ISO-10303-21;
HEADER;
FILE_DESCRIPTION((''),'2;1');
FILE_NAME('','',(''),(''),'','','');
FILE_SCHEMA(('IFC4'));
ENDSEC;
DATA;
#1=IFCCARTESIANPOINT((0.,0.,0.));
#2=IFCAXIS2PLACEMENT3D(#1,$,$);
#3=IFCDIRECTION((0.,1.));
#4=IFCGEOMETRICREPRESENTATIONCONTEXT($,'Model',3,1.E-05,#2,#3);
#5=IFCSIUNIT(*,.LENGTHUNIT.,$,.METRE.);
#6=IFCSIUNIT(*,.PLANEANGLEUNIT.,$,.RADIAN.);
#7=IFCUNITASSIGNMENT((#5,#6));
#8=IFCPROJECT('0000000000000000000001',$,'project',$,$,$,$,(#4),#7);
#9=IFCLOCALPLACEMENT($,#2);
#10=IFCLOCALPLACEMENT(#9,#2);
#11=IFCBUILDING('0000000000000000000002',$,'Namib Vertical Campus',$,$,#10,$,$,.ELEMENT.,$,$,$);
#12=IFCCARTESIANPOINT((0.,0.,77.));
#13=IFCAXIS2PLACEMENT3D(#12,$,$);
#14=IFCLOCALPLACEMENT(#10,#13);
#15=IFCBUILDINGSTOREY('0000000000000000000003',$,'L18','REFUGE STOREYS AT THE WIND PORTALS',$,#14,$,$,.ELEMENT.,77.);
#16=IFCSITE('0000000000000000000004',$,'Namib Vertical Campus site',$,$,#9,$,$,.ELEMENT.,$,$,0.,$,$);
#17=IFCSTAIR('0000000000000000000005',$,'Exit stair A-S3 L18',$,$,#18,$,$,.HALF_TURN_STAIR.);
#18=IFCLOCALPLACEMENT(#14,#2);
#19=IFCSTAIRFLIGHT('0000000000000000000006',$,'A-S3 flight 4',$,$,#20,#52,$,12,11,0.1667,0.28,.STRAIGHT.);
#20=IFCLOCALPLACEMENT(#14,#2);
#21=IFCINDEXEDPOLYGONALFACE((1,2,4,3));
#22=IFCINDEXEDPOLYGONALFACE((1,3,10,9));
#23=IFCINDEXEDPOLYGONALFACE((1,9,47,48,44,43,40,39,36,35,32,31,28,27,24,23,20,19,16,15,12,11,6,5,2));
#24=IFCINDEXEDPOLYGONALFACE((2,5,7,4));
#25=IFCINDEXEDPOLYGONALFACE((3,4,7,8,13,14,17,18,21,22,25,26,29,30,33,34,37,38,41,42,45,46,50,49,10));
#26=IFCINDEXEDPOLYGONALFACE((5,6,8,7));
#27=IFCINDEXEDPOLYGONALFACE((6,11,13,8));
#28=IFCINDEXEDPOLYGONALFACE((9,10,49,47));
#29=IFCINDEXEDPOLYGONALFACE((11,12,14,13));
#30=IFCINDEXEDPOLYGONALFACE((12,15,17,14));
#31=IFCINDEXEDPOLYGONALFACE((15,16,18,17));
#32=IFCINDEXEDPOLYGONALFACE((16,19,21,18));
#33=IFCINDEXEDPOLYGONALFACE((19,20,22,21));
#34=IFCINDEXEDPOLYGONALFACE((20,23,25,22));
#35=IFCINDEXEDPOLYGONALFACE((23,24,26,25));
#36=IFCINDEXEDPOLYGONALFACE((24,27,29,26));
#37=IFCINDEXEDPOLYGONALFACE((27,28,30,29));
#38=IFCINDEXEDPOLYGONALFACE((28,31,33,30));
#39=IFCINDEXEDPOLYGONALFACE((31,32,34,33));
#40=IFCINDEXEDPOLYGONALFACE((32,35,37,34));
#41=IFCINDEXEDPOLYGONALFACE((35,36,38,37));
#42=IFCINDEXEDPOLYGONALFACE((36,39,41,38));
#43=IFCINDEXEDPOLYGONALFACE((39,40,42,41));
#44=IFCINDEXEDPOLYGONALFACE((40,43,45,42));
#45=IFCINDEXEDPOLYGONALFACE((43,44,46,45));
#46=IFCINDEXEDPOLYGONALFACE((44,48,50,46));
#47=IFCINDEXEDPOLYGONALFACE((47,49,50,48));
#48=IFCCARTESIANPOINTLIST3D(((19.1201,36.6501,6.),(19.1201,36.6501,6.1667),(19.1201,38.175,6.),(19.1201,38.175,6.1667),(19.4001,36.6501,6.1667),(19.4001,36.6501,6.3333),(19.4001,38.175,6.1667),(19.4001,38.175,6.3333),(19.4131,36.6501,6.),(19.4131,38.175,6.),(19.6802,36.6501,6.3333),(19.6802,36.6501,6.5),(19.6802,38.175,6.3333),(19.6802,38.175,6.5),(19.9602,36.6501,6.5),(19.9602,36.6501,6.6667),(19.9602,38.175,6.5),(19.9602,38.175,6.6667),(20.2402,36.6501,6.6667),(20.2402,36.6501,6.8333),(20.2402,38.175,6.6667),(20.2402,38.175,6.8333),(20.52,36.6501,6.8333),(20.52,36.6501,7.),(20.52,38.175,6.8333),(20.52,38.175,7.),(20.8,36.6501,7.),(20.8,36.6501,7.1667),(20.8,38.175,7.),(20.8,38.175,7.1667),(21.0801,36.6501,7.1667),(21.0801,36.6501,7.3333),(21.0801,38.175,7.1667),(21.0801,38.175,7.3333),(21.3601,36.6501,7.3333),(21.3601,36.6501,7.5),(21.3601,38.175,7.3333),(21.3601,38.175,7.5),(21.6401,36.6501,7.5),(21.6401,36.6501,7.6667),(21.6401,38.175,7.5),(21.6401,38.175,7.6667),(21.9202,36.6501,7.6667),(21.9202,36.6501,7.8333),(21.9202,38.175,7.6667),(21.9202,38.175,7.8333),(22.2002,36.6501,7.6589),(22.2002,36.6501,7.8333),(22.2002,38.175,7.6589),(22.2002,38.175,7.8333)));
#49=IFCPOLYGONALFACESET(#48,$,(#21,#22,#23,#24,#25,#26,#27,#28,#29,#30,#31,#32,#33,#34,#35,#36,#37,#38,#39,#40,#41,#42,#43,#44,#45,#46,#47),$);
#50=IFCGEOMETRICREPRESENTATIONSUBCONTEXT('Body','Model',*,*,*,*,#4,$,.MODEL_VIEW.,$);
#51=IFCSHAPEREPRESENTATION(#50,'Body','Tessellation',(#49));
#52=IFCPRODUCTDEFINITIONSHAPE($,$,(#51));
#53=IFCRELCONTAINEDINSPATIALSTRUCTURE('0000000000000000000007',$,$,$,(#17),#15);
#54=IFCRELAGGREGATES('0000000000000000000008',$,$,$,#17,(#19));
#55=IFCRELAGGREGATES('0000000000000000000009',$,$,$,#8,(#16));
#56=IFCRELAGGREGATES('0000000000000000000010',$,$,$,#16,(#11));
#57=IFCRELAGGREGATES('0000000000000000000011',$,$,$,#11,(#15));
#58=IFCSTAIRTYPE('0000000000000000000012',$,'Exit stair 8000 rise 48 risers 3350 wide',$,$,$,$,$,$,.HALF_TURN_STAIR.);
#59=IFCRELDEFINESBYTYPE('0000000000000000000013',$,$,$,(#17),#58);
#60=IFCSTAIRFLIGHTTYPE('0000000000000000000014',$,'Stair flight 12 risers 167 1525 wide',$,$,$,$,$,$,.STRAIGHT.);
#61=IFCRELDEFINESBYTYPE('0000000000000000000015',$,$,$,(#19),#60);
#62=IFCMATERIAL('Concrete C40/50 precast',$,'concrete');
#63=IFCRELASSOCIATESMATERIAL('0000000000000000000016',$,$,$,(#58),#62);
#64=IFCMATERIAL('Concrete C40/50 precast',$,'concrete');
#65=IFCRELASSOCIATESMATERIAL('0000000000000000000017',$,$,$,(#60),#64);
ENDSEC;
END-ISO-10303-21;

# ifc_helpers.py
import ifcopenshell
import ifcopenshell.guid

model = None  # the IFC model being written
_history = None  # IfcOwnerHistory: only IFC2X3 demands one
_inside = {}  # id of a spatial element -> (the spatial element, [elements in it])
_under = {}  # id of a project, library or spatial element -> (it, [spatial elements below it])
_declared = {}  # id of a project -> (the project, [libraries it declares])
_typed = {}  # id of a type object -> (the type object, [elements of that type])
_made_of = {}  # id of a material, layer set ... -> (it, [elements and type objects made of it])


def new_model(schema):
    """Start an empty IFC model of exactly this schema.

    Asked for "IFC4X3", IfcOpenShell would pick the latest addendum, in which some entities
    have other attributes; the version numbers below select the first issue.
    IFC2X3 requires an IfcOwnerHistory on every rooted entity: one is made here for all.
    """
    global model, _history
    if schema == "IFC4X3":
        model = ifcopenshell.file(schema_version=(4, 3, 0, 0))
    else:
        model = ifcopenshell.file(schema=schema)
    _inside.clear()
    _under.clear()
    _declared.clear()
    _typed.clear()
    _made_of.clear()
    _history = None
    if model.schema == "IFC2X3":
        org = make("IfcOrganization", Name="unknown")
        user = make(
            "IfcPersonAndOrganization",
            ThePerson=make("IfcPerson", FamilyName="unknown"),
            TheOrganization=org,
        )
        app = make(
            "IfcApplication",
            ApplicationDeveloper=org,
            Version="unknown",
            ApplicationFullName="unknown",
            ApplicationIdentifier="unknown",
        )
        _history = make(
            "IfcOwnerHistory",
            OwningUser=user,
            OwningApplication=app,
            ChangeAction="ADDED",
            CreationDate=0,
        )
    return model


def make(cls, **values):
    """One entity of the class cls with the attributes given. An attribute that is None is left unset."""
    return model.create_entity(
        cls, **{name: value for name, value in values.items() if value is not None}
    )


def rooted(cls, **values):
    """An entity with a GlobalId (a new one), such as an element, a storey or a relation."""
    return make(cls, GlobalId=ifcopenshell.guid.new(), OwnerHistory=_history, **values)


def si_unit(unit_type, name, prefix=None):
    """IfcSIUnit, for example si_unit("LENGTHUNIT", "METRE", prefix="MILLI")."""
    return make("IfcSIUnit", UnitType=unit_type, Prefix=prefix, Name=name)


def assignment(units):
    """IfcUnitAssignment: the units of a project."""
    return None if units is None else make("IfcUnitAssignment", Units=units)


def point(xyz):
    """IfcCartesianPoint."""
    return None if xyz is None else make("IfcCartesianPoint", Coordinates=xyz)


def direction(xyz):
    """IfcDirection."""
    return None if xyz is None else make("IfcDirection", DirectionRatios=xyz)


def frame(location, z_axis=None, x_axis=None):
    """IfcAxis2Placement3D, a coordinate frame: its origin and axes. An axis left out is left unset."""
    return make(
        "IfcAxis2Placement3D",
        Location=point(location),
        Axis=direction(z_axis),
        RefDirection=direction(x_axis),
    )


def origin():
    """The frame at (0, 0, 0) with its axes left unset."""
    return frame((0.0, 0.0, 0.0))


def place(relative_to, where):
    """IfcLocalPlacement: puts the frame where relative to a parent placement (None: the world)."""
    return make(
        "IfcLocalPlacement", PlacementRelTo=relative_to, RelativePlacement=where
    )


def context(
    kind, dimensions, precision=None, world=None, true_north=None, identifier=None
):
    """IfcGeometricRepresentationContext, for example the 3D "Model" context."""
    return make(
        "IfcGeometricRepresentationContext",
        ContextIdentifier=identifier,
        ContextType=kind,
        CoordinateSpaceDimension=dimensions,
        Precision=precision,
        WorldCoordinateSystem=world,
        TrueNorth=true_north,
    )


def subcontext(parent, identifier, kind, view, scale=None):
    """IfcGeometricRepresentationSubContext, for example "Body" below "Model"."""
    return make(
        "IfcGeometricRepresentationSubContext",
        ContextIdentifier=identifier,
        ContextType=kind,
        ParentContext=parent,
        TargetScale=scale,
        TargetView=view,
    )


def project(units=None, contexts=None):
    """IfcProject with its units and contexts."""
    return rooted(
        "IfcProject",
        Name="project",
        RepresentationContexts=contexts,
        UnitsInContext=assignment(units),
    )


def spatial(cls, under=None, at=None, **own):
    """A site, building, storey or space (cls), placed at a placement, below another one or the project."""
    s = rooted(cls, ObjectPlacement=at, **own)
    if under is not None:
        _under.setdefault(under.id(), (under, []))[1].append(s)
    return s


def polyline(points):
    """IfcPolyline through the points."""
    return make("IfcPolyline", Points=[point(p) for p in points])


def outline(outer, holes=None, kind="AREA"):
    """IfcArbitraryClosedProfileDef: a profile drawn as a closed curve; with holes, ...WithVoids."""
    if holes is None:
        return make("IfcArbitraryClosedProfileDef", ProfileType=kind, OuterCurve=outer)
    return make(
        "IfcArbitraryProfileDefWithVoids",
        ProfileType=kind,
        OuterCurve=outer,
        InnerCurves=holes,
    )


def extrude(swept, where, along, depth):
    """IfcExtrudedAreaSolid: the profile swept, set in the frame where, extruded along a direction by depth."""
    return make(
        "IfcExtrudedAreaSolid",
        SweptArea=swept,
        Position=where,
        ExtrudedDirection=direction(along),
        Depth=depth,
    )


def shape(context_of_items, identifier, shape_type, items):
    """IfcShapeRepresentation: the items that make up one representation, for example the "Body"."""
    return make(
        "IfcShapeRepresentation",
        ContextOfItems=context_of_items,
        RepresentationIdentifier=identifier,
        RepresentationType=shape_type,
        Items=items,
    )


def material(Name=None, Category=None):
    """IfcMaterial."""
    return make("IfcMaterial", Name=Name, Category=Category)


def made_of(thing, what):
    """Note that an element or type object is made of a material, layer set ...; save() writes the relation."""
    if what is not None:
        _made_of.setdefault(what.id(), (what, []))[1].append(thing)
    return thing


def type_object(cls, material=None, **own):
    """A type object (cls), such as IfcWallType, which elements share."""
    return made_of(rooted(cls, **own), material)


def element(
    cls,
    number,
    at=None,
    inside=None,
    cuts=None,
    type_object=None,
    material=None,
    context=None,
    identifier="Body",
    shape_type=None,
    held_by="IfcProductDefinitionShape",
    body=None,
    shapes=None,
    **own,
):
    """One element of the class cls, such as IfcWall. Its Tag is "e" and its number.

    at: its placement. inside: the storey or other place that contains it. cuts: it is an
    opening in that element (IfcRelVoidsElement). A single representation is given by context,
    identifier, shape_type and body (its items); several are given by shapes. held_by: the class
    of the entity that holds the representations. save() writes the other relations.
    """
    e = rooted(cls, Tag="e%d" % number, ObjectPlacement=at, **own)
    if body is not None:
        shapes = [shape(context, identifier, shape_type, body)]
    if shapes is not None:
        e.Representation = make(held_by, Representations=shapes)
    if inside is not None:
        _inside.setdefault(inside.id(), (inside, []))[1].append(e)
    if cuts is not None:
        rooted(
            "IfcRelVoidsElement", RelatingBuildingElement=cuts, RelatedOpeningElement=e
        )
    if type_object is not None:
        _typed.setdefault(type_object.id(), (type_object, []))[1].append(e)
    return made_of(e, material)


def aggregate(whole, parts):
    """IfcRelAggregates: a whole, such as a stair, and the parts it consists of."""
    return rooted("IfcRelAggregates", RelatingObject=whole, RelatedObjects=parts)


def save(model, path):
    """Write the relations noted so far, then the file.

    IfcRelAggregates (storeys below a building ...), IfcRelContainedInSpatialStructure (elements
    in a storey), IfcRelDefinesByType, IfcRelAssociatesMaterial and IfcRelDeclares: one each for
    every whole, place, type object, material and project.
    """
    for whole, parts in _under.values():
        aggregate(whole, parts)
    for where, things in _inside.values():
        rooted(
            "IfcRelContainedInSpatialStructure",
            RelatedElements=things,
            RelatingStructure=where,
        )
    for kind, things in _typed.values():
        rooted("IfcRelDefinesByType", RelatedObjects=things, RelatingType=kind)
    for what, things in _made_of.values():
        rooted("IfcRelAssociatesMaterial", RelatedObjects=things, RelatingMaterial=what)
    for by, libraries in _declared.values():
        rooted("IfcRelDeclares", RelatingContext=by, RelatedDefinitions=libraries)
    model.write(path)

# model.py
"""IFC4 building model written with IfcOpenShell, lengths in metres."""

from ifc_helpers import new_model, si_unit, direction, frame, origin, place, context, subcontext, project, spatial, polyline, outline, extrude, material, type_object, element, aggregate, save


model = new_model("IFC4")

# Units and contexts
model_context = context("Model", 3, precision=1e-05, world=origin(), true_north=direction((0.0, 1.0)))
body_context = subcontext(model_context, "Body", "Model", "MODEL_VIEW")
ifc_project = project(units=[si_unit("LENGTHUNIT", "METRE"), si_unit("PLANEANGLEUNIT", "RADIAN")], contexts=[model_context])

# Site, building, storey
site_placement = place(None, origin())
site = spatial("IfcSite", under=ifc_project, at=site_placement, Name="Namib Vertical Campus site", CompositionType="ELEMENT", RefElevation=0.0)
building_placement = place(site_placement, origin())
building = spatial("IfcBuilding", under=site, at=building_placement, Name="Namib Vertical Campus", CompositionType="ELEMENT")
storey_placement = place(building_placement, frame((0.0, 0.0, 77.0)))
storey = spatial("IfcBuildingStorey", under=building, at=storey_placement, Name="L18", Description="REFUGE STOREYS AT THE WIND PORTALS", CompositionType="ELEMENT", Elevation=77.0)

# Stair, stair flight
ifc_material_1 = material(Name="Concrete C40/50 precast", Category="concrete")
stair_type = type_object("IfcStairType", Name="Exit stair 8000 rise 48 risers 3350 wide", PredefinedType="HALF_TURN_STAIR", material=ifc_material_1)
stair_placement = place(storey_placement, origin())
stair = element("IfcStair", 1, at=stair_placement, inside=storey, type_object=stair_type, Name="Exit stair A-S3 L18", PredefinedType="HALF_TURN_STAIR")
ifc_material_2 = material(Name="Concrete C40/50 precast", Category="concrete")
stair_flight_type = type_object("IfcStairFlightType", Name="Stair flight 12 risers 167 1525 wide", PredefinedType="STRAIGHT", material=ifc_material_2)
stair_flight_1_placement = place(storey_placement, frame((19.1201, 37.4126, 6.0), z_axis=(0.0, 0.0, 1.0), x_axis=(1.0, 0.0, 0.0)))
stair_flight_1 = element("IfcStairFlight", 2, at=stair_flight_1_placement, type_object=stair_flight_type, Name="A-S3 flight 4", NumberOfRisers=12, NumberOfTreads=11, PredefinedType="STRAIGHT", RiserHeight=0.1667, TreadLength=0.28, context=body_context, shape_type="SweptSolid", body=[
    extrude(outline(polyline([(0.0, 0.0), (0.0, 0.1667), (0.28, 0.1667), (0.28, 0.3333), (0.5601, 0.3333), (0.5601, 0.5), (0.8401, 0.5), (0.8401, 0.6667), (1.1201, 0.6667), (1.1201, 0.8333), (1.3999, 0.8333), (1.3999, 1.0), (1.6799, 1.0), (1.6799, 1.1667), (1.96, 1.1667), (1.96, 1.3333), (2.24, 1.3333), (2.24, 1.5), (2.52, 1.5), (2.52, 1.6667), (2.8, 1.6667), (2.8, 1.8333), (3.0801, 1.8333), (3.0801, 2.0), (3.0801, 1.6589), (0.293, 0.0), (0.0, 0.0)])), frame((0.0, 0.7625, 0.0), z_axis=(0.0, -1.0, 0.0), x_axis=(1.0, 0.0, 0.0)), (0.0, 0.0, 1.0), 1.5249),
])
aggregate(stair, [stair_flight_1])

save(model, "model.ifc")
